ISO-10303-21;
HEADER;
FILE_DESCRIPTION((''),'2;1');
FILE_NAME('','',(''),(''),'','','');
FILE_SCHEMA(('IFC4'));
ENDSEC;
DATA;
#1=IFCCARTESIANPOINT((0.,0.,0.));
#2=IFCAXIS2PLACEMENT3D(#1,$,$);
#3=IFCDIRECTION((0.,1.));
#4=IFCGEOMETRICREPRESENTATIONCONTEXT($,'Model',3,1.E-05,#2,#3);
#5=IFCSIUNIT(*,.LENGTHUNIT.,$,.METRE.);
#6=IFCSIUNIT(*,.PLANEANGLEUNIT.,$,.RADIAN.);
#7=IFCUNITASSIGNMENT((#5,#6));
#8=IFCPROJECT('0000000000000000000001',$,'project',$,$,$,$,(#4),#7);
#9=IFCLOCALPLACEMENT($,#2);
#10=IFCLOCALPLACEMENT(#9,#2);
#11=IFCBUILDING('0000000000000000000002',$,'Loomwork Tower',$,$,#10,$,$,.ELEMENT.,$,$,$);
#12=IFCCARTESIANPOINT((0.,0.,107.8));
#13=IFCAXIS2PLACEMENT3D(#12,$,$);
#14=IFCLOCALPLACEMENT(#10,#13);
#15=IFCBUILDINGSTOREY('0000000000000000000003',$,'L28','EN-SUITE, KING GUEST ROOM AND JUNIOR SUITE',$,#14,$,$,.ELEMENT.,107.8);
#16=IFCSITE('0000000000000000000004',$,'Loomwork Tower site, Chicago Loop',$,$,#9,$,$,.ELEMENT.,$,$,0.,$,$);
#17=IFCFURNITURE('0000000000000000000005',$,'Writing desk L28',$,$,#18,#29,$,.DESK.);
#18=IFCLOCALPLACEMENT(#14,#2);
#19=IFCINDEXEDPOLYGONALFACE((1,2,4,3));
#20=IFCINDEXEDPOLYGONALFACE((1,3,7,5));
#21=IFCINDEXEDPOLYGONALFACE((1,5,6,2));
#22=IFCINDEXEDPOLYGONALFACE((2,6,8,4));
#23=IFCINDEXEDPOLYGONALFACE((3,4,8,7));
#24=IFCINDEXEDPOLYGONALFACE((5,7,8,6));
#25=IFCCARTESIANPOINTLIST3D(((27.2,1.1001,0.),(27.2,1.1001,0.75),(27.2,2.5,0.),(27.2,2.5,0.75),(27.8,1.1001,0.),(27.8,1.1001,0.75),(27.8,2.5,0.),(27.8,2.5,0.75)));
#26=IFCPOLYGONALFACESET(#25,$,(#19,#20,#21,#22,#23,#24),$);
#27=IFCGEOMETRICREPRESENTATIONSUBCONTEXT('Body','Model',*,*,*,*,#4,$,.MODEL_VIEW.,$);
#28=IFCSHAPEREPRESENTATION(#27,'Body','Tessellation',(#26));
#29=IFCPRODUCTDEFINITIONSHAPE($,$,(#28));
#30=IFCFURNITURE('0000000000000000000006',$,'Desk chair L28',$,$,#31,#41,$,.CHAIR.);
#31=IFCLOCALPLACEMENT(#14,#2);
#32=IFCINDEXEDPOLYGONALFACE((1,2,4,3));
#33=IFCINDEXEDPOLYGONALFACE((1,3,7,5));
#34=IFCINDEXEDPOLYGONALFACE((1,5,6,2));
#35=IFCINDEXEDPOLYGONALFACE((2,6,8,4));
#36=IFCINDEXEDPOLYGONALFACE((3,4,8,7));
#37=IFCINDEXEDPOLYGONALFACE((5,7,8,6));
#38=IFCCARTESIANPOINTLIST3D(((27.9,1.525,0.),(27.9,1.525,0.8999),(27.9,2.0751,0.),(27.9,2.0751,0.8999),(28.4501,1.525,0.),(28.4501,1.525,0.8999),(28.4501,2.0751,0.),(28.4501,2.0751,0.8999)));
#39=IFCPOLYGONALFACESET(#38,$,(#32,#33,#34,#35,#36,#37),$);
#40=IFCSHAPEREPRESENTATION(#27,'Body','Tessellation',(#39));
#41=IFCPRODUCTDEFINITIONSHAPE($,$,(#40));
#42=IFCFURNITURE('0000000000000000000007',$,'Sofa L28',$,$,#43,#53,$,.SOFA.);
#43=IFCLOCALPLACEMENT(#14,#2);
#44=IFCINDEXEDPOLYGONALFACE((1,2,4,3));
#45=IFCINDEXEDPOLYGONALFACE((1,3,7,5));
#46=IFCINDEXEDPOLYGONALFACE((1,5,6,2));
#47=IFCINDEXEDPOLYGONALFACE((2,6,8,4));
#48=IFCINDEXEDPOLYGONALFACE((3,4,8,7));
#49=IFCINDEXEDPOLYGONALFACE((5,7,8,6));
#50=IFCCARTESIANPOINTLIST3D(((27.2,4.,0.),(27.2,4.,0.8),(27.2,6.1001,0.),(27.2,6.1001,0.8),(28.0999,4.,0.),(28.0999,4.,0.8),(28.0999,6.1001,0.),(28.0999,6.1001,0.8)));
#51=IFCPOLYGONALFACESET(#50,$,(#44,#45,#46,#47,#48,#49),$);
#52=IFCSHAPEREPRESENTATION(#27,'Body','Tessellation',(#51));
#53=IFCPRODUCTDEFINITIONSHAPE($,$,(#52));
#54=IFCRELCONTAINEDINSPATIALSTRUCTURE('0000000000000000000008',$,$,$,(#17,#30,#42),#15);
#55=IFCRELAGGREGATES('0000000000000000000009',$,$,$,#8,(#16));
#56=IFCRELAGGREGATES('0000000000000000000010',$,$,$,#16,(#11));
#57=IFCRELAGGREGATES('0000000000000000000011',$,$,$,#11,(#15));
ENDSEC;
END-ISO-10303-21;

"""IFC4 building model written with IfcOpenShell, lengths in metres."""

from ifc_helpers import new_model, si_unit, direction, frame, origin, origin_2d, place, context, subcontext, project, spatial, rectangle, extrude, element, save


model = new_model("IFC4")

# Units and contexts
model_context = context("Model", 3, precision=1e-05, world=origin(), true_north=direction((0.0, 1.0)))
body_context = subcontext(model_context, "Body", "Model", "MODEL_VIEW")
ifc_project = project(units=[si_unit("LENGTHUNIT", "METRE"), si_unit("PLANEANGLEUNIT", "RADIAN")], contexts=[model_context])

# Site, building, storey
site_placement = place(None, origin())
site = spatial("IfcSite", under=ifc_project, at=site_placement, Name="Loomwork Tower site, Chicago Loop", CompositionType="ELEMENT", RefElevation=0.0)
building_placement = place(site_placement, origin())
building = spatial("IfcBuilding", under=site, at=building_placement, Name="Loomwork Tower", CompositionType="ELEMENT")
storey_placement = place(building_placement, frame((0.0, 0.0, 107.8)))
storey = spatial("IfcBuildingStorey", under=building, at=storey_placement, Name="L28", Description="EN-SUITE, KING GUEST ROOM AND JUNIOR SUITE", CompositionType="ELEMENT", Elevation=107.8)

# Furniture
furniture_1_placement = place(storey_placement, frame((27.5, 1.8, 0.0), z_axis=(0.0, 0.0, 1.0), x_axis=(1.0, 0.0, 0.0)))
element("IfcFurniture", 1, at=furniture_1_placement, inside=storey, Name="Writing desk L28", PredefinedType="DESK", context=body_context, shape_type="SweptSolid", body=[
    extrude(rectangle(XDim=0.6001, YDim=1.3999, at=origin_2d()), origin(), (0.0, 0.0, 1.0), 0.75),
])
furniture_2_placement = place(storey_placement, frame((28.175, 1.8, 0.0), z_axis=(0.0, 0.0, 1.0), x_axis=(1.0, 0.0, 0.0)))
element("IfcFurniture", 2, at=furniture_2_placement, inside=storey, Name="Desk chair L28", PredefinedType="CHAIR", context=body_context, shape_type="SweptSolid", body=[
    extrude(rectangle(XDim=0.55, YDim=0.55, at=origin_2d()), origin(), (0.0, 0.0, 1.0), 0.8999),
])
furniture_3_placement = place(storey_placement, frame((27.6499, 5.05, 0.0), z_axis=(0.0, 0.0, 1.0), x_axis=(1.0, 0.0, 0.0)))
element("IfcFurniture", 3, at=furniture_3_placement, inside=storey, Name="Sofa L28", PredefinedType="SOFA", context=body_context, shape_type="SweptSolid", body=[
    extrude(rectangle(XDim=0.8999, YDim=2.1001, at=origin_2d()), origin(), (0.0, 0.0, 1.0), 0.8),
])

save(model, "model.ifc")
